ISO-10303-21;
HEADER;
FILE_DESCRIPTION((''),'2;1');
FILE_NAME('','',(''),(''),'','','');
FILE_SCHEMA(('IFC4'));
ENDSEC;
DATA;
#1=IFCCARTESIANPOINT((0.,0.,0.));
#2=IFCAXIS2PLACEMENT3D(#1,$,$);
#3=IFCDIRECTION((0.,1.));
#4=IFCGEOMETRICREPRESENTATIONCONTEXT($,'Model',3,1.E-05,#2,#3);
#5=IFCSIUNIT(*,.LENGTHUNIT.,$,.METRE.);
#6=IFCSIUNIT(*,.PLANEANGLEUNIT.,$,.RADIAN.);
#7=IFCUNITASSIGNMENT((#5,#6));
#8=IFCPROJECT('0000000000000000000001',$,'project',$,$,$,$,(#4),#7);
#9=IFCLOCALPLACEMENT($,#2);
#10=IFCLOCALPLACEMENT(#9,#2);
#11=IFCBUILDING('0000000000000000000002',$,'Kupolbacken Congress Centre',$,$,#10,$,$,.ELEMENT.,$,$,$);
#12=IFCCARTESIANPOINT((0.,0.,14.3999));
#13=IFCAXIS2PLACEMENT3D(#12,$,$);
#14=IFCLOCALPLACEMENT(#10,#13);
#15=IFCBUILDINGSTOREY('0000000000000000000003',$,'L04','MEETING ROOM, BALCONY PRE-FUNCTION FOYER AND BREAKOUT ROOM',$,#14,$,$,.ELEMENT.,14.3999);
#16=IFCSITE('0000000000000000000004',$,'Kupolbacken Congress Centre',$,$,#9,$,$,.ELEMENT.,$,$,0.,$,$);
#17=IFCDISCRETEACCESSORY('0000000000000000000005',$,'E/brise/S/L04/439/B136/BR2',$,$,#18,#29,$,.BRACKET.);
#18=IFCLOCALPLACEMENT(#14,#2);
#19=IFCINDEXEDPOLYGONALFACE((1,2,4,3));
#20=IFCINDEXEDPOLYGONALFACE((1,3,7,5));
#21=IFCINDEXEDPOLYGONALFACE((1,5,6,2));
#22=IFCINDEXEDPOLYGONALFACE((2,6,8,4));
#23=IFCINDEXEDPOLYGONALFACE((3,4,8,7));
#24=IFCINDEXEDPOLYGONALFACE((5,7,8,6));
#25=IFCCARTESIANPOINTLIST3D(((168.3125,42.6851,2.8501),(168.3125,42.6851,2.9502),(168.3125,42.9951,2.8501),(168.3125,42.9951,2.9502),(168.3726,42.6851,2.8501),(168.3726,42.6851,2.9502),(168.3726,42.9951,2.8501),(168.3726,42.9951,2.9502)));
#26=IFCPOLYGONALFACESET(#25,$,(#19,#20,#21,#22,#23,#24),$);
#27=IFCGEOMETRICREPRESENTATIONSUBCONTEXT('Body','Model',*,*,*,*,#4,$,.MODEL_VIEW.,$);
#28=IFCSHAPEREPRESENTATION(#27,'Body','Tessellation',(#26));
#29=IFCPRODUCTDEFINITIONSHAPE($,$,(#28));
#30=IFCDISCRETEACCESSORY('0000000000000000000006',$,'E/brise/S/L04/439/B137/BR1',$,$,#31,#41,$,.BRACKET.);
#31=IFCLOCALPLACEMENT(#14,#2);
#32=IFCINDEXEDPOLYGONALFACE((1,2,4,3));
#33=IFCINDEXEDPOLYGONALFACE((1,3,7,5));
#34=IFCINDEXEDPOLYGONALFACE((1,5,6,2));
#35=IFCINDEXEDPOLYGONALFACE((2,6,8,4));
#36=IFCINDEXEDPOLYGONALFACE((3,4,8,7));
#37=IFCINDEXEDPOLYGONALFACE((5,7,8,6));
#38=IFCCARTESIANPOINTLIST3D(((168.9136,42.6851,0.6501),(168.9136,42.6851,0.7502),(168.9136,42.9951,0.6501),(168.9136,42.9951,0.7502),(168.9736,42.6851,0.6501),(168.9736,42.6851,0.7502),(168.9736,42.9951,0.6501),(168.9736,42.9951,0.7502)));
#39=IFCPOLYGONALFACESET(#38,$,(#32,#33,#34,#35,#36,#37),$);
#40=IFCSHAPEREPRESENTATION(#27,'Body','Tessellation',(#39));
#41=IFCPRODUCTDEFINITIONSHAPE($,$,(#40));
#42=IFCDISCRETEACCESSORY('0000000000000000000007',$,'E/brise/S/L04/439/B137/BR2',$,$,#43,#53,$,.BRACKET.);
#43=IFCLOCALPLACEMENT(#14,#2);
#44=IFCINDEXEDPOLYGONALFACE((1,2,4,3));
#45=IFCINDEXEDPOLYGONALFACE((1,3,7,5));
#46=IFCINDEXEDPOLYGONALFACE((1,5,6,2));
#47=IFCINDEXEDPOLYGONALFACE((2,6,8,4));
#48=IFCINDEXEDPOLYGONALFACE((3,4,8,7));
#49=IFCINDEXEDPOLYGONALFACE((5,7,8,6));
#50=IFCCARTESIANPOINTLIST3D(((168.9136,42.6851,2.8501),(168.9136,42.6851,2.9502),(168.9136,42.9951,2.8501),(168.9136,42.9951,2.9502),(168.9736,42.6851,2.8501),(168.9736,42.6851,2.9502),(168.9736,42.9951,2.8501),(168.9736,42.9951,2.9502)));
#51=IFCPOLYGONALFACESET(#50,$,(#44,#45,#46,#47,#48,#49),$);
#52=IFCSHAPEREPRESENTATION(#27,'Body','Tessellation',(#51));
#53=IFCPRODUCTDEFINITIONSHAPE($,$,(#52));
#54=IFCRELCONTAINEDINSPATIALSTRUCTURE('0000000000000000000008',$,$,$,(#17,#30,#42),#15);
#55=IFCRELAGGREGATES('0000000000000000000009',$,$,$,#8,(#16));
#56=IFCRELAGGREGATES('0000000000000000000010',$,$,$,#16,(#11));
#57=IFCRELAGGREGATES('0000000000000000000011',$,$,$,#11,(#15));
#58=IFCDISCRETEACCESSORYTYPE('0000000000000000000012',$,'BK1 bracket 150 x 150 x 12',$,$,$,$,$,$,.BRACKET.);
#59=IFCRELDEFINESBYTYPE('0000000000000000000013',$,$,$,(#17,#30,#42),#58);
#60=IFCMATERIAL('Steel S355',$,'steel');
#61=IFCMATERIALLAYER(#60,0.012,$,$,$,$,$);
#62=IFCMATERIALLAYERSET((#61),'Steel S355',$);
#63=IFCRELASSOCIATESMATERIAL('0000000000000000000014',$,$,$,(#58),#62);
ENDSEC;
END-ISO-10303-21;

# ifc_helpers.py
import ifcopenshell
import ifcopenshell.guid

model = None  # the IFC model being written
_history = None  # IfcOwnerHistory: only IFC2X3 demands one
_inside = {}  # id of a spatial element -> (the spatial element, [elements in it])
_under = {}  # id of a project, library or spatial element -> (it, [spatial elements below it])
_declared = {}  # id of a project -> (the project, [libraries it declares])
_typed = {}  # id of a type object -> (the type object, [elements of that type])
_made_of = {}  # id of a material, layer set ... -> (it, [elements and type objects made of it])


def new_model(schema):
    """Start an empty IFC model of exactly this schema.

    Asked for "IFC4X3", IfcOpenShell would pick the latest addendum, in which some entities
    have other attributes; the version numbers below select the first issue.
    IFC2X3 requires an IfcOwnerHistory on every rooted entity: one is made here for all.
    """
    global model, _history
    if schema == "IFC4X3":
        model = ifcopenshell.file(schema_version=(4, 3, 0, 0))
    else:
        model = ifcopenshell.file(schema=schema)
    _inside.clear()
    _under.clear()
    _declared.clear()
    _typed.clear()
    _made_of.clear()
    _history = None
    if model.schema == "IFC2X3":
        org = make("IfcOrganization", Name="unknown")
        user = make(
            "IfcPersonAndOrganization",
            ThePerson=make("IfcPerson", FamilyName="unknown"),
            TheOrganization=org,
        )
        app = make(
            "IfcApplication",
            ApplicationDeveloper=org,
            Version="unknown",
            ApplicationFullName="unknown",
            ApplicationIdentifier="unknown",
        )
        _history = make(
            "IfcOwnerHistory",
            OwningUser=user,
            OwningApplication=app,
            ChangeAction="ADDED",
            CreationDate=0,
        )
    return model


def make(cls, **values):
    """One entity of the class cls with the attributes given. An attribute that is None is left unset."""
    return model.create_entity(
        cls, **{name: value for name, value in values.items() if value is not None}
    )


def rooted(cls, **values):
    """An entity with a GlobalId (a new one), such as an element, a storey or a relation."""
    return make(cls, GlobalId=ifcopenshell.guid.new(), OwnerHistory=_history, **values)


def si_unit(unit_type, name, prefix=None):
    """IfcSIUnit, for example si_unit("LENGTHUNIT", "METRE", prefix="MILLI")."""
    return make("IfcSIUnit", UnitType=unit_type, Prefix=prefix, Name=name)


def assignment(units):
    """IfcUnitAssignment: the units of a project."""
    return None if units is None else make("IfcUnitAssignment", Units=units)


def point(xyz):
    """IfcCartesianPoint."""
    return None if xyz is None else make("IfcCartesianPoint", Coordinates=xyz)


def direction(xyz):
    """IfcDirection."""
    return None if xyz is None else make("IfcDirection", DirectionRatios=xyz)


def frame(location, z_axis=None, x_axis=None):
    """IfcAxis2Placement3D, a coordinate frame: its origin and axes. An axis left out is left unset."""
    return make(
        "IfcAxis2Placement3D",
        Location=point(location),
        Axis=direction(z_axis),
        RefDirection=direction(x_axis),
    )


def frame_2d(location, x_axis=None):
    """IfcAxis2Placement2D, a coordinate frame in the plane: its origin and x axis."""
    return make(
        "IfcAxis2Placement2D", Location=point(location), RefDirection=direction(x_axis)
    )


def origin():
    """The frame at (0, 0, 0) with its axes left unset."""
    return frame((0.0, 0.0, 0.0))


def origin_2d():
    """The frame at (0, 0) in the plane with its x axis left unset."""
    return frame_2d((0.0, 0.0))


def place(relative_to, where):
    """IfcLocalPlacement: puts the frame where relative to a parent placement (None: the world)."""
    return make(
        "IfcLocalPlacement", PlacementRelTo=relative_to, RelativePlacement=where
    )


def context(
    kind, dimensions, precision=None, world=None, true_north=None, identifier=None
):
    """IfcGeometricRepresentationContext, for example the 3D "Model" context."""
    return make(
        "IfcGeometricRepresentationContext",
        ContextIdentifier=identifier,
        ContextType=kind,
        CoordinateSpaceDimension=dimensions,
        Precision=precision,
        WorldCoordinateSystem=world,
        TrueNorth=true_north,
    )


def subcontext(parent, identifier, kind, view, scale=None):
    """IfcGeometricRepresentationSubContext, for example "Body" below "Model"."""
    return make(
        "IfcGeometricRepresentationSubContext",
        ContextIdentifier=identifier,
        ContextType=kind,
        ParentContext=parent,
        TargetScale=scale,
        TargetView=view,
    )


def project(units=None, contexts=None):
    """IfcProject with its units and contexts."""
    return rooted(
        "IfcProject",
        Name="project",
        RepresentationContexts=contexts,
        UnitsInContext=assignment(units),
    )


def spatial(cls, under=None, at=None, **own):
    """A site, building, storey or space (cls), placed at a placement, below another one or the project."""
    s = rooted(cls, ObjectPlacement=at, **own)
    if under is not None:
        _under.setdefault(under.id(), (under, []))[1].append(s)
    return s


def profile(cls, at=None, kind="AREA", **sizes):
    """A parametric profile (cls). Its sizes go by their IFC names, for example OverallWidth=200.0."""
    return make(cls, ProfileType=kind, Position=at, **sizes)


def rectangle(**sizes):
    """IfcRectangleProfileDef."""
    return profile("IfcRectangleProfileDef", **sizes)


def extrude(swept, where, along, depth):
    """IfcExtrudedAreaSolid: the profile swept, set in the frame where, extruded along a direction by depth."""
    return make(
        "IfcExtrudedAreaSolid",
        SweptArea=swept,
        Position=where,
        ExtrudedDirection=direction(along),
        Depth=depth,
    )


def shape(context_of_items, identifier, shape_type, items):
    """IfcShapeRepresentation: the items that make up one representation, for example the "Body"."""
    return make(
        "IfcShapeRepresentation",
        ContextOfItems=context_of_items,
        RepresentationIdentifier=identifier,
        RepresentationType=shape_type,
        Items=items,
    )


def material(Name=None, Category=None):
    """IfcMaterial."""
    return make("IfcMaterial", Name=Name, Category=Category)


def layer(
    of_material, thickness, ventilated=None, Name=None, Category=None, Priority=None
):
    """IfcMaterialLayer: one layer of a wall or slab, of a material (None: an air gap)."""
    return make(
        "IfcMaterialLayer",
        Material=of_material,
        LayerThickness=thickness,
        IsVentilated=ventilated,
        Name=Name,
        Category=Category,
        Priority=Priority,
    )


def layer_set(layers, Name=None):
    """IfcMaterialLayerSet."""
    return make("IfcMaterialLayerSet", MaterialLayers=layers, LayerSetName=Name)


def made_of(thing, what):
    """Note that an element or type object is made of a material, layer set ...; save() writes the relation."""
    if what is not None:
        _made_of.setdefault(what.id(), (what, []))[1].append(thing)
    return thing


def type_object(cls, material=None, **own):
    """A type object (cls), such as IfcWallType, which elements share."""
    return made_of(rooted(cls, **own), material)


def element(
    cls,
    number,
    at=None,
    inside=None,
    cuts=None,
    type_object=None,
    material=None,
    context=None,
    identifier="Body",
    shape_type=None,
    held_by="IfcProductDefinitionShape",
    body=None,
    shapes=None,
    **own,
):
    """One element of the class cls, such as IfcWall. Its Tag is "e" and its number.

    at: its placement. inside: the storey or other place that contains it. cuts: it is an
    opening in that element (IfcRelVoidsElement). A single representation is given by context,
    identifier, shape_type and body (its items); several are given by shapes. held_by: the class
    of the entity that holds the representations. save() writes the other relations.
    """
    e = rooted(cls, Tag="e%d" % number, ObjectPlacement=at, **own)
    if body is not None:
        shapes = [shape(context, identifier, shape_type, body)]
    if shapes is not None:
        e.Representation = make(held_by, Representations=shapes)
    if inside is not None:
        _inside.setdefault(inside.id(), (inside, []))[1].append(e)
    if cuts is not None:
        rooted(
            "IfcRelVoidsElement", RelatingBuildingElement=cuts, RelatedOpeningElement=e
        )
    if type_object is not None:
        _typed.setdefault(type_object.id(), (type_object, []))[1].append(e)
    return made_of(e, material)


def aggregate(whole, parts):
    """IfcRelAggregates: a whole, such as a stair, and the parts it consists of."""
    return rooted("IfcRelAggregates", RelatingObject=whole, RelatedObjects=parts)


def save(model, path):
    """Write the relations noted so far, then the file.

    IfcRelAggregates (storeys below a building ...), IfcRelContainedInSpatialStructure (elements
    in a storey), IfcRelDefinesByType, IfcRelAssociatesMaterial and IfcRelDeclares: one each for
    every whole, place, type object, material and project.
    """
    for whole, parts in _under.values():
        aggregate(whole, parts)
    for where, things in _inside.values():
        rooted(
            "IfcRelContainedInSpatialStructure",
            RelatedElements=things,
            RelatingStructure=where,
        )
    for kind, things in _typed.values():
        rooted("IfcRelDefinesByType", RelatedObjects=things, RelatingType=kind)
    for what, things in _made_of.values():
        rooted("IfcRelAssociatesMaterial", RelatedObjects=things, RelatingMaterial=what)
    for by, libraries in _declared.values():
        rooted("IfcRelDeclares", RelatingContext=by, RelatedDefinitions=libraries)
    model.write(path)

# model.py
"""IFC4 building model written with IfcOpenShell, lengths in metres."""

from ifc_helpers import new_model, si_unit, direction, frame, origin, origin_2d, place, context, subcontext, project, spatial, rectangle, extrude, material, layer, layer_set, type_object, element, save


model = new_model("IFC4")

# Units and contexts
model_context = context("Model", 3, precision=1e-05, world=origin(), true_north=direction((0.0, 1.0)))
body_context = subcontext(model_context, "Body", "Model", "MODEL_VIEW")
ifc_project = project(units=[si_unit("LENGTHUNIT", "METRE"), si_unit("PLANEANGLEUNIT", "RADIAN")], contexts=[model_context])

# Site, building, storey
site_placement = place(None, origin())
site = spatial("IfcSite", under=ifc_project, at=site_placement, Name="Kupolbacken Congress Centre", CompositionType="ELEMENT", RefElevation=0.0)
building_placement = place(site_placement, origin())
building = spatial("IfcBuilding", under=site, at=building_placement, Name="Kupolbacken Congress Centre", CompositionType="ELEMENT")
storey_placement = place(building_placement, frame((0.0, 0.0, 14.3999)))
storey = spatial("IfcBuildingStorey", under=building, at=storey_placement, Name="L04", Description="MEETING ROOM, BALCONY PRE-FUNCTION FOYER AND BREAKOUT ROOM", CompositionType="ELEMENT", Elevation=14.3999)

# Discrete accessories
ifc_material_1 = material(Name="Steel S355", Category="steel")
ifc_layer_1 = layer(ifc_material_1, 0.012)
ifc_layer_set_1 = layer_set([ifc_layer_1], Name="Steel S355")
discrete_accessory_type = type_object("IfcDiscreteAccessoryType", Name="BK1 bracket 150 x 150 x 12", PredefinedType="BRACKET", material=ifc_layer_set_1)
for number, where, z_axis, x_axis, name in (
    (1, (168.3425, 42.8401, 2.8501), (0.0, 0.0, 1.0), (1.0, 0.0, 0.0), "E/brise/S/L04/439/B136/BR2"),
    (2, (168.9436, 42.8401, 0.6501), (0.0, 0.0, 1.0), (1.0, 0.0, 0.0), "E/brise/S/L04/439/B137/BR1"),
    (3, (168.9436, 42.8401, 2.8501), (0.0, 0.0, 1.0), (1.0, 0.0, 0.0), "E/brise/S/L04/439/B137/BR2"),
):
    element("IfcDiscreteAccessory", number, at=place(storey_placement, frame(where, z_axis=z_axis, x_axis=x_axis)), inside=storey, type_object=discrete_accessory_type, Name=name, PredefinedType="BRACKET", context=body_context, shape_type="SweptSolid", body=[
        extrude(rectangle(XDim=0.0601, YDim=0.3101, at=origin_2d()), origin(), (0.0, 0.0, 1.0), 0.1001),
    ])

save(model, "model.ifc")
